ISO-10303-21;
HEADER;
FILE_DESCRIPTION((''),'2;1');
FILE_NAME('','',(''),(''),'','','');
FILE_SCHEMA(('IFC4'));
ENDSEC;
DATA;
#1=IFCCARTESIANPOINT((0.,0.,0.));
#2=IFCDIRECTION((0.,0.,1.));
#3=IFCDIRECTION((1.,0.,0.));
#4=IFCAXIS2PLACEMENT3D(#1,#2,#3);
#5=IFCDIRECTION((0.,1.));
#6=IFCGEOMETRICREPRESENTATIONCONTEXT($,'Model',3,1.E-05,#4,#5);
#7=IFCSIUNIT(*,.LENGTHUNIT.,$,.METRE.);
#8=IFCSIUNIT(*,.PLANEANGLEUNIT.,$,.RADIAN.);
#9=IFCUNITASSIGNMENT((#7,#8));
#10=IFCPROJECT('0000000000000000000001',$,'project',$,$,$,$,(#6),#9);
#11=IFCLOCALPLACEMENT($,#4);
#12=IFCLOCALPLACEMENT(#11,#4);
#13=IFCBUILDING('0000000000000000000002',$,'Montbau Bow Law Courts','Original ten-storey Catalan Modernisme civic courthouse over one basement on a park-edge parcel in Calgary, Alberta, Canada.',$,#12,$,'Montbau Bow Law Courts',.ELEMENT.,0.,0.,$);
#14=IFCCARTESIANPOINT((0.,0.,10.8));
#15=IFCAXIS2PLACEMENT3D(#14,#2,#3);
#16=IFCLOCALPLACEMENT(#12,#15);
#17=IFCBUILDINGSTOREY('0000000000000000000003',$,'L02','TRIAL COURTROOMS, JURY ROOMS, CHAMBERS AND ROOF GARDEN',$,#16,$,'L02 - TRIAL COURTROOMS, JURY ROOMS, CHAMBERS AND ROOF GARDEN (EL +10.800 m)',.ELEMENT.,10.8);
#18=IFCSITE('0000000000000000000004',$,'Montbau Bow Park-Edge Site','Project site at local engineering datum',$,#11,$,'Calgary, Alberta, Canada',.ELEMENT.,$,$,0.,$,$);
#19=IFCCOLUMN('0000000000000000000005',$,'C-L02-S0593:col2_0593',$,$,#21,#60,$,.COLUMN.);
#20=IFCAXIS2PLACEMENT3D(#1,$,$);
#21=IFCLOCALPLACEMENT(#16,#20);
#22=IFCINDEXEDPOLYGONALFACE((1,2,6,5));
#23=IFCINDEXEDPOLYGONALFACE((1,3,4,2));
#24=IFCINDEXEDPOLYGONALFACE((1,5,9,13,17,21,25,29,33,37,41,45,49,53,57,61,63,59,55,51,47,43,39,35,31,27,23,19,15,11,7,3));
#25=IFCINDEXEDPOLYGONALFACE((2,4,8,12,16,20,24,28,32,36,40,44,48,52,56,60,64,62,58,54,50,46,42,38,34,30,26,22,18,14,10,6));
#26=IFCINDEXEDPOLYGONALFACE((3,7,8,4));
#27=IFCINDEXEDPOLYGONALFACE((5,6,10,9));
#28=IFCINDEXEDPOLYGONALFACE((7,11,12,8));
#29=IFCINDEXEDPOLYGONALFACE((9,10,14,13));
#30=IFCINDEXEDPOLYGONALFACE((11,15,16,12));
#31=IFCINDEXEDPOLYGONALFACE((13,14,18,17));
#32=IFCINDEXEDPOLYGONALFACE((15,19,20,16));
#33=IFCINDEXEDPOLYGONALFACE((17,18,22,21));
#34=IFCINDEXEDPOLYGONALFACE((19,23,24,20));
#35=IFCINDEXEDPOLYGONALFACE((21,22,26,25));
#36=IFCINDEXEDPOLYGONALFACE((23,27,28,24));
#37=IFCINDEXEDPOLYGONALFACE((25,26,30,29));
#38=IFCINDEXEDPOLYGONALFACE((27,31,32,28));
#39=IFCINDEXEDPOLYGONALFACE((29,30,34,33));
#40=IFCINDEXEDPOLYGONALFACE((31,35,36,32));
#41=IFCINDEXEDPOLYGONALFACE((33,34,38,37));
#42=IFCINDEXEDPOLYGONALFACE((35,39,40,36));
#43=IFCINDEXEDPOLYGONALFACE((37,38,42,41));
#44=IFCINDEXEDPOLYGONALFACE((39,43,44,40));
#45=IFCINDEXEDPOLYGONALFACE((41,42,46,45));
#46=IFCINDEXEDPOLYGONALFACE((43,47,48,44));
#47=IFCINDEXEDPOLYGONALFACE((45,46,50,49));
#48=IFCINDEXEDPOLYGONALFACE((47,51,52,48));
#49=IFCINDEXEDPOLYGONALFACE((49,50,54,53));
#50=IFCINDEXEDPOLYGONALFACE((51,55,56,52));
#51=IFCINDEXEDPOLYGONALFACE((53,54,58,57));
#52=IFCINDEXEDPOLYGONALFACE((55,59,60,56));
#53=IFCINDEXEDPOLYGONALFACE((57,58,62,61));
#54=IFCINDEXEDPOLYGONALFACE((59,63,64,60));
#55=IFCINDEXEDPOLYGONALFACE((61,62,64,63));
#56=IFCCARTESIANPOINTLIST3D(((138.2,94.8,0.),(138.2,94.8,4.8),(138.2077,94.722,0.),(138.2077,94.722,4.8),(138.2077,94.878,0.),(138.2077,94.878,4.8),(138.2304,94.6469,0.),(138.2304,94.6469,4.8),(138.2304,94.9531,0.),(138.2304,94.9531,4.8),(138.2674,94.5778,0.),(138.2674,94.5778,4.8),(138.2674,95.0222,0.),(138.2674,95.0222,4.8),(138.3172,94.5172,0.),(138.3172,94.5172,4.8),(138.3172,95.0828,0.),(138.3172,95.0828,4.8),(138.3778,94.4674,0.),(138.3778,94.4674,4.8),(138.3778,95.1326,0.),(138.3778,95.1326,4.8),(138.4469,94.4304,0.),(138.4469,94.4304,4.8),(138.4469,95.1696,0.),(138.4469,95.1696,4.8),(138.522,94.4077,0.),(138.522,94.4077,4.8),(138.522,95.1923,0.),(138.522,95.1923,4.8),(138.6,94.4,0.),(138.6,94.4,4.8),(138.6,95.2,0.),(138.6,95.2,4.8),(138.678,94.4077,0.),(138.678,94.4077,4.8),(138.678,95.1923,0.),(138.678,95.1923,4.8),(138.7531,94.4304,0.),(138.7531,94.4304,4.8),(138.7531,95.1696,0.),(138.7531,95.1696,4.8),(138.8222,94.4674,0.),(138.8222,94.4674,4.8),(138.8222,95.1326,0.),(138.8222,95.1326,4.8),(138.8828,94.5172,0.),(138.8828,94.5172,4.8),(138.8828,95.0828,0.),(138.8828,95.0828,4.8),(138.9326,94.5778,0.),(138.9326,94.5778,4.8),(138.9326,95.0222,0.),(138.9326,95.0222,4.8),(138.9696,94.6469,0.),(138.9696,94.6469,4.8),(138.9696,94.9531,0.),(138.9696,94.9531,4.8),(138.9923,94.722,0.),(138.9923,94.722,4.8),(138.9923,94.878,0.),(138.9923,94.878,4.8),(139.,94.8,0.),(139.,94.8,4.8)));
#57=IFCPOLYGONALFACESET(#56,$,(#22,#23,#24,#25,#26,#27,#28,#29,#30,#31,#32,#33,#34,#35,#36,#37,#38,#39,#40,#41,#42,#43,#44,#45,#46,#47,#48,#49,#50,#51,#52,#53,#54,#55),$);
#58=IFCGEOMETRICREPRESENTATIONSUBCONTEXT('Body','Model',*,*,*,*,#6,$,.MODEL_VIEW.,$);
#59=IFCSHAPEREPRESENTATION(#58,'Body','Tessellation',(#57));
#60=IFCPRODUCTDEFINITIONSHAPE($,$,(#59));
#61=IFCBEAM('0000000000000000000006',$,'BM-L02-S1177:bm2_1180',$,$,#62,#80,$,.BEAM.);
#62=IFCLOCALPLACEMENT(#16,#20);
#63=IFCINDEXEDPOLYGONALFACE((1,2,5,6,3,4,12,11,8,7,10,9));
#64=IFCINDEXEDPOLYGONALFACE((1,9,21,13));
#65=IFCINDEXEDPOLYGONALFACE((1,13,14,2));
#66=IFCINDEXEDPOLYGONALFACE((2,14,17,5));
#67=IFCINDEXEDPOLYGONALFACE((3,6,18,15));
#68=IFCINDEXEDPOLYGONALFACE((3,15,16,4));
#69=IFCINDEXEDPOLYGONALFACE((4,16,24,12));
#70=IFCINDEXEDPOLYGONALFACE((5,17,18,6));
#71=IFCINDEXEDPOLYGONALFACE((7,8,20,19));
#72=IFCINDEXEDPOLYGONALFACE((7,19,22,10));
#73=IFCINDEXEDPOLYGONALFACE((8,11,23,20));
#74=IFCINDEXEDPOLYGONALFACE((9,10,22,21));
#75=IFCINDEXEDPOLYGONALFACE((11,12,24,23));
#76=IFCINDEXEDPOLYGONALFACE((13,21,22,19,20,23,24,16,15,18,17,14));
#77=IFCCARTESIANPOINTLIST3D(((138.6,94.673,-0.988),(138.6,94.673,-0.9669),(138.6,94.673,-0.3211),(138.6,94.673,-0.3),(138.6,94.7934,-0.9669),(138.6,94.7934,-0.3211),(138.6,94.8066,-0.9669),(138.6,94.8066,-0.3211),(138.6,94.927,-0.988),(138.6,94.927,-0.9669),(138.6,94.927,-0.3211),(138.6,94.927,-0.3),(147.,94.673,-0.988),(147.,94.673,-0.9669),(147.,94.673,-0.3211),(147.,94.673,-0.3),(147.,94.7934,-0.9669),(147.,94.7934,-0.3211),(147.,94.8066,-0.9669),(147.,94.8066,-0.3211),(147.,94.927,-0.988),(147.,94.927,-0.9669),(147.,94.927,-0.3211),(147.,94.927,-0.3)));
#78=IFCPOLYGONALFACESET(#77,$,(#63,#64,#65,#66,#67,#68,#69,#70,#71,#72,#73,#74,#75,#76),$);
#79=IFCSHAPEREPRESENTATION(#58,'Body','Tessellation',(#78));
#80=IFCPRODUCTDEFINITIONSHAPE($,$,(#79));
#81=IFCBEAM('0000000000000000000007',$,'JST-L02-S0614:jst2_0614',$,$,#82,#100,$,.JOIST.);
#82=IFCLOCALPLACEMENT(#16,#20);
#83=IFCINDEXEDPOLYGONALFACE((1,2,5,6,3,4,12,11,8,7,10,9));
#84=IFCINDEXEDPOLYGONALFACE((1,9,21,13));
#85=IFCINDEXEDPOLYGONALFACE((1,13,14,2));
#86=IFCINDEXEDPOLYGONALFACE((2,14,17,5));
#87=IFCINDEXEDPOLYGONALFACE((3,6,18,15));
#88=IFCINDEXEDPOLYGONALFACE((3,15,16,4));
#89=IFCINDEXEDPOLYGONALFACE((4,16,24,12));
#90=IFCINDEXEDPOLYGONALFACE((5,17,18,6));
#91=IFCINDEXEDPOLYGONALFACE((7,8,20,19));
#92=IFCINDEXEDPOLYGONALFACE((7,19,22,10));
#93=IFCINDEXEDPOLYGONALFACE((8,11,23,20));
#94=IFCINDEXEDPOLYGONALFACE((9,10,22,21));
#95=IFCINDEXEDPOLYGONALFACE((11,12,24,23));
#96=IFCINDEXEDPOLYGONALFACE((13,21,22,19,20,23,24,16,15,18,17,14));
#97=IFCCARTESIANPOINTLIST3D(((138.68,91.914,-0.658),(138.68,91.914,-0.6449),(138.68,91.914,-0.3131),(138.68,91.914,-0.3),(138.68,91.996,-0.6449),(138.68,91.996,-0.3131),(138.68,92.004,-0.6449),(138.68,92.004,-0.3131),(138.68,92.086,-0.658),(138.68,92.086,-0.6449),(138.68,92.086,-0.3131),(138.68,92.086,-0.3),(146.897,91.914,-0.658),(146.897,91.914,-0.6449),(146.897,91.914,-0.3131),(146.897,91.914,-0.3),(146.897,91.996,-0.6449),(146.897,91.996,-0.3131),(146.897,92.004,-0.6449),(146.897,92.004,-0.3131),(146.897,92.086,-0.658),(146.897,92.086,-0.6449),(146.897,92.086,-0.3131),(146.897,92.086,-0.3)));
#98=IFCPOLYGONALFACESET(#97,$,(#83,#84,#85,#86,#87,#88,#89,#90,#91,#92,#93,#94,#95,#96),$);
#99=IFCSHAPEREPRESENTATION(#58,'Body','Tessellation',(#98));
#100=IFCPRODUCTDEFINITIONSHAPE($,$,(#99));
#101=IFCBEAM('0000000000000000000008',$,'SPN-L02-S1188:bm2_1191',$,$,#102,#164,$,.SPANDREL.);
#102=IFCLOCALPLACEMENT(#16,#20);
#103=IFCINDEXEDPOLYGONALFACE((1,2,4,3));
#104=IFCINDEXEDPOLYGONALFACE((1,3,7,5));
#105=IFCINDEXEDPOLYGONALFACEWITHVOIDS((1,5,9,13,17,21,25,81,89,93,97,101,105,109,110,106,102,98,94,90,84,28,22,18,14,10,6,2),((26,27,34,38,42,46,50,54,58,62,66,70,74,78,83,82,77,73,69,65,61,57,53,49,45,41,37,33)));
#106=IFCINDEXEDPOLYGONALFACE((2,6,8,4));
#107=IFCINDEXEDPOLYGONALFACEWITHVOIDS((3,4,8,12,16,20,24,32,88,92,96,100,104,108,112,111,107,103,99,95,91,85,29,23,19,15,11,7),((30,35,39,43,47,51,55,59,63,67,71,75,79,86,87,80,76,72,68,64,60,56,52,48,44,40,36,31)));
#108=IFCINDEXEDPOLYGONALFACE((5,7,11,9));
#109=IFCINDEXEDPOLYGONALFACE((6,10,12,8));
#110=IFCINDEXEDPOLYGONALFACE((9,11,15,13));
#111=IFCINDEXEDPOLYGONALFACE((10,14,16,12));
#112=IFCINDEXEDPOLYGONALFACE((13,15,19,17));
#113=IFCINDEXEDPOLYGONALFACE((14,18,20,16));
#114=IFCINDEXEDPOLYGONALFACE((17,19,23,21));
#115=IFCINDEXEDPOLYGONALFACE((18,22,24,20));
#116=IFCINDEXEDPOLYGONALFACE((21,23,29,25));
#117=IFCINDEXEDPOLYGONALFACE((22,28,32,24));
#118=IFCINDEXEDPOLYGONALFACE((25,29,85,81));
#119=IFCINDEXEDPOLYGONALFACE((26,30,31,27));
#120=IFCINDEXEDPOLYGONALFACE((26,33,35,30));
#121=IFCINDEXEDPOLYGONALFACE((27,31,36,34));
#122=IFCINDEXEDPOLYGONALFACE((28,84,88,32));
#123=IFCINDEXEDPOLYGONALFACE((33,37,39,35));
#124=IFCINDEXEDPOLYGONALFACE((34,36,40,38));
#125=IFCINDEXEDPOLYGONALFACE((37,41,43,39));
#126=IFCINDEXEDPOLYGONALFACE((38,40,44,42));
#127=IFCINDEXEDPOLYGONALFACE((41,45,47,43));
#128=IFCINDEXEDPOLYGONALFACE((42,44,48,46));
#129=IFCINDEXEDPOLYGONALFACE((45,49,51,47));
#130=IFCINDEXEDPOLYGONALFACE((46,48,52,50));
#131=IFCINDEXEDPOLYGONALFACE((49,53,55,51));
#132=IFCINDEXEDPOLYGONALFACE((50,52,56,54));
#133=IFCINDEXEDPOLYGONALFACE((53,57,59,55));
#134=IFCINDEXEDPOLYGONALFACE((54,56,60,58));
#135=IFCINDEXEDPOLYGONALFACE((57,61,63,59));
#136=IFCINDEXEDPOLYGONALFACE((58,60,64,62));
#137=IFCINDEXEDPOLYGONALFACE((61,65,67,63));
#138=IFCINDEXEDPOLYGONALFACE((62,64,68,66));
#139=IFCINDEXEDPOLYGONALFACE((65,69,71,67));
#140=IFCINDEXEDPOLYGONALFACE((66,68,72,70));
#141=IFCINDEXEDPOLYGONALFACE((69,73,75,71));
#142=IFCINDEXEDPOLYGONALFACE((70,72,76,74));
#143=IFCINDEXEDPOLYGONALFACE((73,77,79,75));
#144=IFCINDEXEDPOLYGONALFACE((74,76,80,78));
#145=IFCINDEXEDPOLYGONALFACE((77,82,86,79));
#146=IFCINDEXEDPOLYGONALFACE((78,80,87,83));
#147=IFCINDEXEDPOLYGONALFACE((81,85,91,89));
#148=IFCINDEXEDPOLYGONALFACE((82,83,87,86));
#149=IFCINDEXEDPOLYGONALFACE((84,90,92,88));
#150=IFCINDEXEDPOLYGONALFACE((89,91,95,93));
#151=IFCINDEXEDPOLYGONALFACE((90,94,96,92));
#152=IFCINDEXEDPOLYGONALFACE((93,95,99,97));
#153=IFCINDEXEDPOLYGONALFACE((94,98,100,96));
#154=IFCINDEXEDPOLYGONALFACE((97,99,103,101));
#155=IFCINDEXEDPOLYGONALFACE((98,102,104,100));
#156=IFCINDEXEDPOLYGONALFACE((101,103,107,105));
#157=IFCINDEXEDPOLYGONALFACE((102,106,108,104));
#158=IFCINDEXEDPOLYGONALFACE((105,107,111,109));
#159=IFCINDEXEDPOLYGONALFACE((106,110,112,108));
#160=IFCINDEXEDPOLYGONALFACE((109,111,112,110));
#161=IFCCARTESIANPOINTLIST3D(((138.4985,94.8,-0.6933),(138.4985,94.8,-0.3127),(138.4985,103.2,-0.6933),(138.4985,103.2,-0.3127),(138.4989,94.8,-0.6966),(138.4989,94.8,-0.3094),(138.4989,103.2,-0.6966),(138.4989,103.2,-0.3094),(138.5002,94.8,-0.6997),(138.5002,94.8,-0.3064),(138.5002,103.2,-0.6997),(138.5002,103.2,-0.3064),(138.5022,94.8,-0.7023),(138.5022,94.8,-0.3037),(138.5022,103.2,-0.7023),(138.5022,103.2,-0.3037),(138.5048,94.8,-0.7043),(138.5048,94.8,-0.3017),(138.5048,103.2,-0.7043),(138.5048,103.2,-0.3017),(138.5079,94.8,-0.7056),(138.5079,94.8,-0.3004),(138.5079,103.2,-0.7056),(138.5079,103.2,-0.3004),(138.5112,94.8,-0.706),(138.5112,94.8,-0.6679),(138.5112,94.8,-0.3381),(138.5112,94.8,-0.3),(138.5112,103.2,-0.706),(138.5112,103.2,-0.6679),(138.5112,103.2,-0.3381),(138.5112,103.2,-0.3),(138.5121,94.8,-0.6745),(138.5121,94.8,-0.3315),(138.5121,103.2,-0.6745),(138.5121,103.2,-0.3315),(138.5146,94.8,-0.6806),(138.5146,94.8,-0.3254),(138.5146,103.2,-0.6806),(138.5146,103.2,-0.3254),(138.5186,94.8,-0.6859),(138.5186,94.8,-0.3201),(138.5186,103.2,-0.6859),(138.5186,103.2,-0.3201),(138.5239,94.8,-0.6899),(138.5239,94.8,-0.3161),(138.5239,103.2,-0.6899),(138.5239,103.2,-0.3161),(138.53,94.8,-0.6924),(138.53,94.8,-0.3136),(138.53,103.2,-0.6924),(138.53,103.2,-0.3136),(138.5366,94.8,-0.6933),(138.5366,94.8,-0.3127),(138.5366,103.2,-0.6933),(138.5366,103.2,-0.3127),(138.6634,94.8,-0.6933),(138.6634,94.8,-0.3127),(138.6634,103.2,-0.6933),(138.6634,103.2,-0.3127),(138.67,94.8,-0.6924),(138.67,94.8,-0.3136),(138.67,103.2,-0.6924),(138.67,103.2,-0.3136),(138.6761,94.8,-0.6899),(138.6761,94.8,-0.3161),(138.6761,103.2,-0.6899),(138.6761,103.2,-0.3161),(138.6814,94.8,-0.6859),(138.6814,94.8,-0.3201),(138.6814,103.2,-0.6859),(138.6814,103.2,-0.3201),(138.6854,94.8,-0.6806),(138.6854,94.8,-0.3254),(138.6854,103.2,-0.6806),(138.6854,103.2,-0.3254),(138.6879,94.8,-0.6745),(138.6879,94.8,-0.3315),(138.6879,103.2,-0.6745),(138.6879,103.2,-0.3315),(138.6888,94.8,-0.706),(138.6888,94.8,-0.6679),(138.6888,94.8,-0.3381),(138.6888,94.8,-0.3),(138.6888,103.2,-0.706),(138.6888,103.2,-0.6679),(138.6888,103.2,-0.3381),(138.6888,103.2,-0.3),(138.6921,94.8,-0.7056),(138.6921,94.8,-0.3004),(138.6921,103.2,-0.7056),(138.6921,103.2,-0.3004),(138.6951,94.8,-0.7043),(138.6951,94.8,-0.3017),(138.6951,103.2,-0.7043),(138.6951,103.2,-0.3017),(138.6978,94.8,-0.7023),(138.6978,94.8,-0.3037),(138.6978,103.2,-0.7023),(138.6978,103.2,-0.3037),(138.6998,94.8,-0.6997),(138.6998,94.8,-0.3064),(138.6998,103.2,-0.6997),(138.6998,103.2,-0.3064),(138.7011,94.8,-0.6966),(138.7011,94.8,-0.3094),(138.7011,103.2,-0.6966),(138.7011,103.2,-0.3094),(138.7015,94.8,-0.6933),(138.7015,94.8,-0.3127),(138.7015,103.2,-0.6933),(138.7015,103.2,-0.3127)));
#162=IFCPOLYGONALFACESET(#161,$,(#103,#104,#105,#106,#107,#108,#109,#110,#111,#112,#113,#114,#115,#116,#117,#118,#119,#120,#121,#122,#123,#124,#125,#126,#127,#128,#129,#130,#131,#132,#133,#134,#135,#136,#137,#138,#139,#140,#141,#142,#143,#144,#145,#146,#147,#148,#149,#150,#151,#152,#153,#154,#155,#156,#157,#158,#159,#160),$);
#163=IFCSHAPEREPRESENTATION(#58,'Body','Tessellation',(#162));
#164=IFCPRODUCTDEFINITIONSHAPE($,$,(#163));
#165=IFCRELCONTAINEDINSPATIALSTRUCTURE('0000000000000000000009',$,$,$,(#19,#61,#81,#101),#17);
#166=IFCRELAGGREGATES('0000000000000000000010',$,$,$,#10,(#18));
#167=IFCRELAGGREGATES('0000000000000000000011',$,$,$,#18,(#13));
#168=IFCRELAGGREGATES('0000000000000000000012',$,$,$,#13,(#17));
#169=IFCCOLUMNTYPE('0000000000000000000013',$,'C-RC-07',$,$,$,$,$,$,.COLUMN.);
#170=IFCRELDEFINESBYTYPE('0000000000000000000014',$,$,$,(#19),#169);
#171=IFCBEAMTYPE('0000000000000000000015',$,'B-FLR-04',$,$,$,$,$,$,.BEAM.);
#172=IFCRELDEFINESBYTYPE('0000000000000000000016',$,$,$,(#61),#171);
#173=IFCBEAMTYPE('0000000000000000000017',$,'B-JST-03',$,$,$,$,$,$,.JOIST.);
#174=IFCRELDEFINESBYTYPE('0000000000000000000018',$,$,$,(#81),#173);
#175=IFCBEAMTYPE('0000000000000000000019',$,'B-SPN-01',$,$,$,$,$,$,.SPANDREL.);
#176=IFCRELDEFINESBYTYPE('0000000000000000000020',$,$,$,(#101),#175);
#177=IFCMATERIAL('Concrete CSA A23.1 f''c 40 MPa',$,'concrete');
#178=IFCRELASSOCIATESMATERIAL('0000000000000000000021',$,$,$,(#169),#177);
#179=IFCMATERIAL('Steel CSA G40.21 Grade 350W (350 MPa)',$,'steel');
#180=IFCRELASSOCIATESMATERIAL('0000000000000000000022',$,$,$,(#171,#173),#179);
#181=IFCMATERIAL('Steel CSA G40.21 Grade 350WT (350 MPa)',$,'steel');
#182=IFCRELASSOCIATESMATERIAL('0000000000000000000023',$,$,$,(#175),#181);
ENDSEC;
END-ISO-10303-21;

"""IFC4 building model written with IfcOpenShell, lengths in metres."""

from ifc_helpers import new_model, si_unit, direction, frame, origin_with_axes, origin_2d_with_axis, place, context, subcontext, project, spatial, hollow_rectangle, circle, i_section, extrude, material, material_profile, profile_set, type_object, element, save


model = new_model("IFC4")

# Units and contexts
model_context = context("Model", 3, precision=1e-05, world=origin_with_axes(), true_north=direction((0.0, 1.0)))
body_context = subcontext(model_context, "Body", "Model", "MODEL_VIEW")
ifc_project = project(units=[si_unit("LENGTHUNIT", "METRE"), si_unit("PLANEANGLEUNIT", "RADIAN")], contexts=[model_context])

# Site, building, storey
site_placement = place(None, origin_with_axes())
site = spatial("IfcSite", under=ifc_project, at=site_placement, Name="Montbau Bow Park-Edge Site", Description="Project site at local engineering datum", LongName="Calgary, Alberta, Canada", CompositionType="ELEMENT", RefElevation=0.0)
building_placement = place(site_placement, origin_with_axes())
building = spatial("IfcBuilding", under=site, at=building_placement, Name="Montbau Bow Law Courts", Description="Original ten-storey Catalan Modernisme civic courthouse over one basement on a park-edge parcel in Calgary, Alberta, Canada.", LongName="Montbau Bow Law Courts", CompositionType="ELEMENT", ElevationOfRefHeight=0.0, ElevationOfTerrain=0.0)
storey_placement = place(building_placement, frame((0.0, 0.0, 10.8), z_axis=(0.0, 0.0, 1.0), x_axis=(1.0, 0.0, 0.0)))
storey = spatial("IfcBuildingStorey", under=building, at=storey_placement, Name="L02", Description="TRIAL COURTROOMS, JURY ROOMS, CHAMBERS AND ROOF GARDEN", LongName="L02 - TRIAL COURTROOMS, JURY ROOMS, CHAMBERS AND ROOF GARDEN (EL +10.800 m)", CompositionType="ELEMENT", Elevation=10.8)

# Column
ifc_material_1 = material(Name="Concrete CSA A23.1 f'c 40 MPa", Category="concrete")
ifc_material_profile_1 = material_profile(ifc_material_1, circle(Radius=0.4, at=origin_2d_with_axis()), Name="RC800D", Category="Main", Priority=0)
ifc_profile_set_1 = profile_set([ifc_material_profile_1], Name="Concrete CSA A23.1 f'c 40 MPa")
column_type = type_object("IfcColumnType", Name="C-RC-07", PredefinedType="COLUMN", material=ifc_profile_set_1)
column_placement = place(None, frame((138.6, 94.8, 10.8), z_axis=(0.0, 0.0, 1.0), x_axis=(1.0, 0.0, 0.0)))
element("IfcColumn", 1, at=column_placement, inside=storey, type_object=column_type, Name="C-L02-S0593:col2_0593", PredefinedType="COLUMN", context=body_context, shape_type="SweptSolid", body=[
    extrude(circle(Radius=0.4, at=origin_2d_with_axis()), origin_with_axes(), (0.0, 0.0, 1.0), 4.8),
])

# Beams
ifc_material_2 = material(Name="Steel CSA G40.21 Grade 350W (350 MPa)", Category="steel")
ifc_material_profile_2 = material_profile(ifc_material_2, i_section(OverallWidth=0.254, OverallDepth=0.688, WebThickness=0.0131, FlangeThickness=0.0211, at=origin_2d_with_axis()), Name="W690X152", Category="Main", Priority=0)
ifc_profile_set_2 = profile_set([ifc_material_profile_2], Name="Steel CSA G40.21 Grade 350W (350 MPa)")
beam_type_1 = type_object("IfcBeamType", Name="B-FLR-04", PredefinedType="BEAM", material=ifc_profile_set_2)
beam_1_placement = place(None, frame((138.6, 94.8, 10.156), z_axis=(1.0, 0.0, 0.0), x_axis=(0.0, 1.0, 0.0)))
element("IfcBeam", 2, at=beam_1_placement, inside=storey, type_object=beam_type_1, Name="BM-L02-S1177:bm2_1180", PredefinedType="BEAM", context=body_context, shape_type="SweptSolid", body=[
    extrude(i_section(OverallWidth=0.254, OverallDepth=0.688, WebThickness=0.0131, FlangeThickness=0.0211, at=origin_2d_with_axis()), origin_with_axes(), (0.0, 0.0, 1.0), 8.4),
])
ifc_material_profile_3 = material_profile(ifc_material_2, i_section(OverallWidth=0.172, OverallDepth=0.358, WebThickness=0.0079, FlangeThickness=0.0131, at=origin_2d_with_axis()), Name="W360X57", Category="Main", Priority=0)
ifc_profile_set_3 = profile_set([ifc_material_profile_3], Name="Steel CSA G40.21 Grade 350W (350 MPa)")
beam_type_2 = type_object("IfcBeamType", Name="B-JST-03", PredefinedType="JOIST", material=ifc_profile_set_3)
beam_2_placement = place(None, frame((138.68, 92.0, 10.321), z_axis=(1.0, 0.0, 0.0), x_axis=(0.0, 1.0, 0.0)))
element("IfcBeam", 3, at=beam_2_placement, inside=storey, type_object=beam_type_2, Name="JST-L02-S0614:jst2_0614", PredefinedType="JOIST", context=body_context, shape_type="SweptSolid", body=[
    extrude(i_section(OverallWidth=0.172, OverallDepth=0.358, WebThickness=0.0079, FlangeThickness=0.0131, at=origin_2d_with_axis()), origin_with_axes(), (0.0, 0.0, 1.0), 8.217),
])
ifc_material_3 = material(Name="Steel CSA G40.21 Grade 350WT (350 MPa)", Category="steel")
ifc_material_profile_4 = material_profile(ifc_material_3, hollow_rectangle(XDim=0.203, YDim=0.406, WallThickness=0.0127, InnerFilletRadius=0.0254, OuterFilletRadius=0.0127, at=origin_2d_with_axis()), Name="HSS406X203X13", Category="Main", Priority=0)
ifc_profile_set_4 = profile_set([ifc_material_profile_4], Name="Steel CSA G40.21 Grade 350WT (350 MPa)")
beam_type_3 = type_object("IfcBeamType", Name="B-SPN-01", PredefinedType="SPANDREL", material=ifc_profile_set_4)
beam_3_placement = place(None, frame((138.6, 94.8, 10.297), z_axis=(0.0, 1.0, 0.0), x_axis=(-1.0, 0.0, 0.0)))
element("IfcBeam", 4, at=beam_3_placement, inside=storey, type_object=beam_type_3, Name="SPN-L02-S1188:bm2_1191", PredefinedType="SPANDREL", context=body_context, shape_type="SweptSolid", body=[
    extrude(hollow_rectangle(XDim=0.203, YDim=0.406, WallThickness=0.0127, InnerFilletRadius=0.0254, OuterFilletRadius=0.0127, at=origin_2d_with_axis()), origin_with_axes(), (0.0, 0.0, 1.0), 8.4),
])

save(model, "model.ifc")
